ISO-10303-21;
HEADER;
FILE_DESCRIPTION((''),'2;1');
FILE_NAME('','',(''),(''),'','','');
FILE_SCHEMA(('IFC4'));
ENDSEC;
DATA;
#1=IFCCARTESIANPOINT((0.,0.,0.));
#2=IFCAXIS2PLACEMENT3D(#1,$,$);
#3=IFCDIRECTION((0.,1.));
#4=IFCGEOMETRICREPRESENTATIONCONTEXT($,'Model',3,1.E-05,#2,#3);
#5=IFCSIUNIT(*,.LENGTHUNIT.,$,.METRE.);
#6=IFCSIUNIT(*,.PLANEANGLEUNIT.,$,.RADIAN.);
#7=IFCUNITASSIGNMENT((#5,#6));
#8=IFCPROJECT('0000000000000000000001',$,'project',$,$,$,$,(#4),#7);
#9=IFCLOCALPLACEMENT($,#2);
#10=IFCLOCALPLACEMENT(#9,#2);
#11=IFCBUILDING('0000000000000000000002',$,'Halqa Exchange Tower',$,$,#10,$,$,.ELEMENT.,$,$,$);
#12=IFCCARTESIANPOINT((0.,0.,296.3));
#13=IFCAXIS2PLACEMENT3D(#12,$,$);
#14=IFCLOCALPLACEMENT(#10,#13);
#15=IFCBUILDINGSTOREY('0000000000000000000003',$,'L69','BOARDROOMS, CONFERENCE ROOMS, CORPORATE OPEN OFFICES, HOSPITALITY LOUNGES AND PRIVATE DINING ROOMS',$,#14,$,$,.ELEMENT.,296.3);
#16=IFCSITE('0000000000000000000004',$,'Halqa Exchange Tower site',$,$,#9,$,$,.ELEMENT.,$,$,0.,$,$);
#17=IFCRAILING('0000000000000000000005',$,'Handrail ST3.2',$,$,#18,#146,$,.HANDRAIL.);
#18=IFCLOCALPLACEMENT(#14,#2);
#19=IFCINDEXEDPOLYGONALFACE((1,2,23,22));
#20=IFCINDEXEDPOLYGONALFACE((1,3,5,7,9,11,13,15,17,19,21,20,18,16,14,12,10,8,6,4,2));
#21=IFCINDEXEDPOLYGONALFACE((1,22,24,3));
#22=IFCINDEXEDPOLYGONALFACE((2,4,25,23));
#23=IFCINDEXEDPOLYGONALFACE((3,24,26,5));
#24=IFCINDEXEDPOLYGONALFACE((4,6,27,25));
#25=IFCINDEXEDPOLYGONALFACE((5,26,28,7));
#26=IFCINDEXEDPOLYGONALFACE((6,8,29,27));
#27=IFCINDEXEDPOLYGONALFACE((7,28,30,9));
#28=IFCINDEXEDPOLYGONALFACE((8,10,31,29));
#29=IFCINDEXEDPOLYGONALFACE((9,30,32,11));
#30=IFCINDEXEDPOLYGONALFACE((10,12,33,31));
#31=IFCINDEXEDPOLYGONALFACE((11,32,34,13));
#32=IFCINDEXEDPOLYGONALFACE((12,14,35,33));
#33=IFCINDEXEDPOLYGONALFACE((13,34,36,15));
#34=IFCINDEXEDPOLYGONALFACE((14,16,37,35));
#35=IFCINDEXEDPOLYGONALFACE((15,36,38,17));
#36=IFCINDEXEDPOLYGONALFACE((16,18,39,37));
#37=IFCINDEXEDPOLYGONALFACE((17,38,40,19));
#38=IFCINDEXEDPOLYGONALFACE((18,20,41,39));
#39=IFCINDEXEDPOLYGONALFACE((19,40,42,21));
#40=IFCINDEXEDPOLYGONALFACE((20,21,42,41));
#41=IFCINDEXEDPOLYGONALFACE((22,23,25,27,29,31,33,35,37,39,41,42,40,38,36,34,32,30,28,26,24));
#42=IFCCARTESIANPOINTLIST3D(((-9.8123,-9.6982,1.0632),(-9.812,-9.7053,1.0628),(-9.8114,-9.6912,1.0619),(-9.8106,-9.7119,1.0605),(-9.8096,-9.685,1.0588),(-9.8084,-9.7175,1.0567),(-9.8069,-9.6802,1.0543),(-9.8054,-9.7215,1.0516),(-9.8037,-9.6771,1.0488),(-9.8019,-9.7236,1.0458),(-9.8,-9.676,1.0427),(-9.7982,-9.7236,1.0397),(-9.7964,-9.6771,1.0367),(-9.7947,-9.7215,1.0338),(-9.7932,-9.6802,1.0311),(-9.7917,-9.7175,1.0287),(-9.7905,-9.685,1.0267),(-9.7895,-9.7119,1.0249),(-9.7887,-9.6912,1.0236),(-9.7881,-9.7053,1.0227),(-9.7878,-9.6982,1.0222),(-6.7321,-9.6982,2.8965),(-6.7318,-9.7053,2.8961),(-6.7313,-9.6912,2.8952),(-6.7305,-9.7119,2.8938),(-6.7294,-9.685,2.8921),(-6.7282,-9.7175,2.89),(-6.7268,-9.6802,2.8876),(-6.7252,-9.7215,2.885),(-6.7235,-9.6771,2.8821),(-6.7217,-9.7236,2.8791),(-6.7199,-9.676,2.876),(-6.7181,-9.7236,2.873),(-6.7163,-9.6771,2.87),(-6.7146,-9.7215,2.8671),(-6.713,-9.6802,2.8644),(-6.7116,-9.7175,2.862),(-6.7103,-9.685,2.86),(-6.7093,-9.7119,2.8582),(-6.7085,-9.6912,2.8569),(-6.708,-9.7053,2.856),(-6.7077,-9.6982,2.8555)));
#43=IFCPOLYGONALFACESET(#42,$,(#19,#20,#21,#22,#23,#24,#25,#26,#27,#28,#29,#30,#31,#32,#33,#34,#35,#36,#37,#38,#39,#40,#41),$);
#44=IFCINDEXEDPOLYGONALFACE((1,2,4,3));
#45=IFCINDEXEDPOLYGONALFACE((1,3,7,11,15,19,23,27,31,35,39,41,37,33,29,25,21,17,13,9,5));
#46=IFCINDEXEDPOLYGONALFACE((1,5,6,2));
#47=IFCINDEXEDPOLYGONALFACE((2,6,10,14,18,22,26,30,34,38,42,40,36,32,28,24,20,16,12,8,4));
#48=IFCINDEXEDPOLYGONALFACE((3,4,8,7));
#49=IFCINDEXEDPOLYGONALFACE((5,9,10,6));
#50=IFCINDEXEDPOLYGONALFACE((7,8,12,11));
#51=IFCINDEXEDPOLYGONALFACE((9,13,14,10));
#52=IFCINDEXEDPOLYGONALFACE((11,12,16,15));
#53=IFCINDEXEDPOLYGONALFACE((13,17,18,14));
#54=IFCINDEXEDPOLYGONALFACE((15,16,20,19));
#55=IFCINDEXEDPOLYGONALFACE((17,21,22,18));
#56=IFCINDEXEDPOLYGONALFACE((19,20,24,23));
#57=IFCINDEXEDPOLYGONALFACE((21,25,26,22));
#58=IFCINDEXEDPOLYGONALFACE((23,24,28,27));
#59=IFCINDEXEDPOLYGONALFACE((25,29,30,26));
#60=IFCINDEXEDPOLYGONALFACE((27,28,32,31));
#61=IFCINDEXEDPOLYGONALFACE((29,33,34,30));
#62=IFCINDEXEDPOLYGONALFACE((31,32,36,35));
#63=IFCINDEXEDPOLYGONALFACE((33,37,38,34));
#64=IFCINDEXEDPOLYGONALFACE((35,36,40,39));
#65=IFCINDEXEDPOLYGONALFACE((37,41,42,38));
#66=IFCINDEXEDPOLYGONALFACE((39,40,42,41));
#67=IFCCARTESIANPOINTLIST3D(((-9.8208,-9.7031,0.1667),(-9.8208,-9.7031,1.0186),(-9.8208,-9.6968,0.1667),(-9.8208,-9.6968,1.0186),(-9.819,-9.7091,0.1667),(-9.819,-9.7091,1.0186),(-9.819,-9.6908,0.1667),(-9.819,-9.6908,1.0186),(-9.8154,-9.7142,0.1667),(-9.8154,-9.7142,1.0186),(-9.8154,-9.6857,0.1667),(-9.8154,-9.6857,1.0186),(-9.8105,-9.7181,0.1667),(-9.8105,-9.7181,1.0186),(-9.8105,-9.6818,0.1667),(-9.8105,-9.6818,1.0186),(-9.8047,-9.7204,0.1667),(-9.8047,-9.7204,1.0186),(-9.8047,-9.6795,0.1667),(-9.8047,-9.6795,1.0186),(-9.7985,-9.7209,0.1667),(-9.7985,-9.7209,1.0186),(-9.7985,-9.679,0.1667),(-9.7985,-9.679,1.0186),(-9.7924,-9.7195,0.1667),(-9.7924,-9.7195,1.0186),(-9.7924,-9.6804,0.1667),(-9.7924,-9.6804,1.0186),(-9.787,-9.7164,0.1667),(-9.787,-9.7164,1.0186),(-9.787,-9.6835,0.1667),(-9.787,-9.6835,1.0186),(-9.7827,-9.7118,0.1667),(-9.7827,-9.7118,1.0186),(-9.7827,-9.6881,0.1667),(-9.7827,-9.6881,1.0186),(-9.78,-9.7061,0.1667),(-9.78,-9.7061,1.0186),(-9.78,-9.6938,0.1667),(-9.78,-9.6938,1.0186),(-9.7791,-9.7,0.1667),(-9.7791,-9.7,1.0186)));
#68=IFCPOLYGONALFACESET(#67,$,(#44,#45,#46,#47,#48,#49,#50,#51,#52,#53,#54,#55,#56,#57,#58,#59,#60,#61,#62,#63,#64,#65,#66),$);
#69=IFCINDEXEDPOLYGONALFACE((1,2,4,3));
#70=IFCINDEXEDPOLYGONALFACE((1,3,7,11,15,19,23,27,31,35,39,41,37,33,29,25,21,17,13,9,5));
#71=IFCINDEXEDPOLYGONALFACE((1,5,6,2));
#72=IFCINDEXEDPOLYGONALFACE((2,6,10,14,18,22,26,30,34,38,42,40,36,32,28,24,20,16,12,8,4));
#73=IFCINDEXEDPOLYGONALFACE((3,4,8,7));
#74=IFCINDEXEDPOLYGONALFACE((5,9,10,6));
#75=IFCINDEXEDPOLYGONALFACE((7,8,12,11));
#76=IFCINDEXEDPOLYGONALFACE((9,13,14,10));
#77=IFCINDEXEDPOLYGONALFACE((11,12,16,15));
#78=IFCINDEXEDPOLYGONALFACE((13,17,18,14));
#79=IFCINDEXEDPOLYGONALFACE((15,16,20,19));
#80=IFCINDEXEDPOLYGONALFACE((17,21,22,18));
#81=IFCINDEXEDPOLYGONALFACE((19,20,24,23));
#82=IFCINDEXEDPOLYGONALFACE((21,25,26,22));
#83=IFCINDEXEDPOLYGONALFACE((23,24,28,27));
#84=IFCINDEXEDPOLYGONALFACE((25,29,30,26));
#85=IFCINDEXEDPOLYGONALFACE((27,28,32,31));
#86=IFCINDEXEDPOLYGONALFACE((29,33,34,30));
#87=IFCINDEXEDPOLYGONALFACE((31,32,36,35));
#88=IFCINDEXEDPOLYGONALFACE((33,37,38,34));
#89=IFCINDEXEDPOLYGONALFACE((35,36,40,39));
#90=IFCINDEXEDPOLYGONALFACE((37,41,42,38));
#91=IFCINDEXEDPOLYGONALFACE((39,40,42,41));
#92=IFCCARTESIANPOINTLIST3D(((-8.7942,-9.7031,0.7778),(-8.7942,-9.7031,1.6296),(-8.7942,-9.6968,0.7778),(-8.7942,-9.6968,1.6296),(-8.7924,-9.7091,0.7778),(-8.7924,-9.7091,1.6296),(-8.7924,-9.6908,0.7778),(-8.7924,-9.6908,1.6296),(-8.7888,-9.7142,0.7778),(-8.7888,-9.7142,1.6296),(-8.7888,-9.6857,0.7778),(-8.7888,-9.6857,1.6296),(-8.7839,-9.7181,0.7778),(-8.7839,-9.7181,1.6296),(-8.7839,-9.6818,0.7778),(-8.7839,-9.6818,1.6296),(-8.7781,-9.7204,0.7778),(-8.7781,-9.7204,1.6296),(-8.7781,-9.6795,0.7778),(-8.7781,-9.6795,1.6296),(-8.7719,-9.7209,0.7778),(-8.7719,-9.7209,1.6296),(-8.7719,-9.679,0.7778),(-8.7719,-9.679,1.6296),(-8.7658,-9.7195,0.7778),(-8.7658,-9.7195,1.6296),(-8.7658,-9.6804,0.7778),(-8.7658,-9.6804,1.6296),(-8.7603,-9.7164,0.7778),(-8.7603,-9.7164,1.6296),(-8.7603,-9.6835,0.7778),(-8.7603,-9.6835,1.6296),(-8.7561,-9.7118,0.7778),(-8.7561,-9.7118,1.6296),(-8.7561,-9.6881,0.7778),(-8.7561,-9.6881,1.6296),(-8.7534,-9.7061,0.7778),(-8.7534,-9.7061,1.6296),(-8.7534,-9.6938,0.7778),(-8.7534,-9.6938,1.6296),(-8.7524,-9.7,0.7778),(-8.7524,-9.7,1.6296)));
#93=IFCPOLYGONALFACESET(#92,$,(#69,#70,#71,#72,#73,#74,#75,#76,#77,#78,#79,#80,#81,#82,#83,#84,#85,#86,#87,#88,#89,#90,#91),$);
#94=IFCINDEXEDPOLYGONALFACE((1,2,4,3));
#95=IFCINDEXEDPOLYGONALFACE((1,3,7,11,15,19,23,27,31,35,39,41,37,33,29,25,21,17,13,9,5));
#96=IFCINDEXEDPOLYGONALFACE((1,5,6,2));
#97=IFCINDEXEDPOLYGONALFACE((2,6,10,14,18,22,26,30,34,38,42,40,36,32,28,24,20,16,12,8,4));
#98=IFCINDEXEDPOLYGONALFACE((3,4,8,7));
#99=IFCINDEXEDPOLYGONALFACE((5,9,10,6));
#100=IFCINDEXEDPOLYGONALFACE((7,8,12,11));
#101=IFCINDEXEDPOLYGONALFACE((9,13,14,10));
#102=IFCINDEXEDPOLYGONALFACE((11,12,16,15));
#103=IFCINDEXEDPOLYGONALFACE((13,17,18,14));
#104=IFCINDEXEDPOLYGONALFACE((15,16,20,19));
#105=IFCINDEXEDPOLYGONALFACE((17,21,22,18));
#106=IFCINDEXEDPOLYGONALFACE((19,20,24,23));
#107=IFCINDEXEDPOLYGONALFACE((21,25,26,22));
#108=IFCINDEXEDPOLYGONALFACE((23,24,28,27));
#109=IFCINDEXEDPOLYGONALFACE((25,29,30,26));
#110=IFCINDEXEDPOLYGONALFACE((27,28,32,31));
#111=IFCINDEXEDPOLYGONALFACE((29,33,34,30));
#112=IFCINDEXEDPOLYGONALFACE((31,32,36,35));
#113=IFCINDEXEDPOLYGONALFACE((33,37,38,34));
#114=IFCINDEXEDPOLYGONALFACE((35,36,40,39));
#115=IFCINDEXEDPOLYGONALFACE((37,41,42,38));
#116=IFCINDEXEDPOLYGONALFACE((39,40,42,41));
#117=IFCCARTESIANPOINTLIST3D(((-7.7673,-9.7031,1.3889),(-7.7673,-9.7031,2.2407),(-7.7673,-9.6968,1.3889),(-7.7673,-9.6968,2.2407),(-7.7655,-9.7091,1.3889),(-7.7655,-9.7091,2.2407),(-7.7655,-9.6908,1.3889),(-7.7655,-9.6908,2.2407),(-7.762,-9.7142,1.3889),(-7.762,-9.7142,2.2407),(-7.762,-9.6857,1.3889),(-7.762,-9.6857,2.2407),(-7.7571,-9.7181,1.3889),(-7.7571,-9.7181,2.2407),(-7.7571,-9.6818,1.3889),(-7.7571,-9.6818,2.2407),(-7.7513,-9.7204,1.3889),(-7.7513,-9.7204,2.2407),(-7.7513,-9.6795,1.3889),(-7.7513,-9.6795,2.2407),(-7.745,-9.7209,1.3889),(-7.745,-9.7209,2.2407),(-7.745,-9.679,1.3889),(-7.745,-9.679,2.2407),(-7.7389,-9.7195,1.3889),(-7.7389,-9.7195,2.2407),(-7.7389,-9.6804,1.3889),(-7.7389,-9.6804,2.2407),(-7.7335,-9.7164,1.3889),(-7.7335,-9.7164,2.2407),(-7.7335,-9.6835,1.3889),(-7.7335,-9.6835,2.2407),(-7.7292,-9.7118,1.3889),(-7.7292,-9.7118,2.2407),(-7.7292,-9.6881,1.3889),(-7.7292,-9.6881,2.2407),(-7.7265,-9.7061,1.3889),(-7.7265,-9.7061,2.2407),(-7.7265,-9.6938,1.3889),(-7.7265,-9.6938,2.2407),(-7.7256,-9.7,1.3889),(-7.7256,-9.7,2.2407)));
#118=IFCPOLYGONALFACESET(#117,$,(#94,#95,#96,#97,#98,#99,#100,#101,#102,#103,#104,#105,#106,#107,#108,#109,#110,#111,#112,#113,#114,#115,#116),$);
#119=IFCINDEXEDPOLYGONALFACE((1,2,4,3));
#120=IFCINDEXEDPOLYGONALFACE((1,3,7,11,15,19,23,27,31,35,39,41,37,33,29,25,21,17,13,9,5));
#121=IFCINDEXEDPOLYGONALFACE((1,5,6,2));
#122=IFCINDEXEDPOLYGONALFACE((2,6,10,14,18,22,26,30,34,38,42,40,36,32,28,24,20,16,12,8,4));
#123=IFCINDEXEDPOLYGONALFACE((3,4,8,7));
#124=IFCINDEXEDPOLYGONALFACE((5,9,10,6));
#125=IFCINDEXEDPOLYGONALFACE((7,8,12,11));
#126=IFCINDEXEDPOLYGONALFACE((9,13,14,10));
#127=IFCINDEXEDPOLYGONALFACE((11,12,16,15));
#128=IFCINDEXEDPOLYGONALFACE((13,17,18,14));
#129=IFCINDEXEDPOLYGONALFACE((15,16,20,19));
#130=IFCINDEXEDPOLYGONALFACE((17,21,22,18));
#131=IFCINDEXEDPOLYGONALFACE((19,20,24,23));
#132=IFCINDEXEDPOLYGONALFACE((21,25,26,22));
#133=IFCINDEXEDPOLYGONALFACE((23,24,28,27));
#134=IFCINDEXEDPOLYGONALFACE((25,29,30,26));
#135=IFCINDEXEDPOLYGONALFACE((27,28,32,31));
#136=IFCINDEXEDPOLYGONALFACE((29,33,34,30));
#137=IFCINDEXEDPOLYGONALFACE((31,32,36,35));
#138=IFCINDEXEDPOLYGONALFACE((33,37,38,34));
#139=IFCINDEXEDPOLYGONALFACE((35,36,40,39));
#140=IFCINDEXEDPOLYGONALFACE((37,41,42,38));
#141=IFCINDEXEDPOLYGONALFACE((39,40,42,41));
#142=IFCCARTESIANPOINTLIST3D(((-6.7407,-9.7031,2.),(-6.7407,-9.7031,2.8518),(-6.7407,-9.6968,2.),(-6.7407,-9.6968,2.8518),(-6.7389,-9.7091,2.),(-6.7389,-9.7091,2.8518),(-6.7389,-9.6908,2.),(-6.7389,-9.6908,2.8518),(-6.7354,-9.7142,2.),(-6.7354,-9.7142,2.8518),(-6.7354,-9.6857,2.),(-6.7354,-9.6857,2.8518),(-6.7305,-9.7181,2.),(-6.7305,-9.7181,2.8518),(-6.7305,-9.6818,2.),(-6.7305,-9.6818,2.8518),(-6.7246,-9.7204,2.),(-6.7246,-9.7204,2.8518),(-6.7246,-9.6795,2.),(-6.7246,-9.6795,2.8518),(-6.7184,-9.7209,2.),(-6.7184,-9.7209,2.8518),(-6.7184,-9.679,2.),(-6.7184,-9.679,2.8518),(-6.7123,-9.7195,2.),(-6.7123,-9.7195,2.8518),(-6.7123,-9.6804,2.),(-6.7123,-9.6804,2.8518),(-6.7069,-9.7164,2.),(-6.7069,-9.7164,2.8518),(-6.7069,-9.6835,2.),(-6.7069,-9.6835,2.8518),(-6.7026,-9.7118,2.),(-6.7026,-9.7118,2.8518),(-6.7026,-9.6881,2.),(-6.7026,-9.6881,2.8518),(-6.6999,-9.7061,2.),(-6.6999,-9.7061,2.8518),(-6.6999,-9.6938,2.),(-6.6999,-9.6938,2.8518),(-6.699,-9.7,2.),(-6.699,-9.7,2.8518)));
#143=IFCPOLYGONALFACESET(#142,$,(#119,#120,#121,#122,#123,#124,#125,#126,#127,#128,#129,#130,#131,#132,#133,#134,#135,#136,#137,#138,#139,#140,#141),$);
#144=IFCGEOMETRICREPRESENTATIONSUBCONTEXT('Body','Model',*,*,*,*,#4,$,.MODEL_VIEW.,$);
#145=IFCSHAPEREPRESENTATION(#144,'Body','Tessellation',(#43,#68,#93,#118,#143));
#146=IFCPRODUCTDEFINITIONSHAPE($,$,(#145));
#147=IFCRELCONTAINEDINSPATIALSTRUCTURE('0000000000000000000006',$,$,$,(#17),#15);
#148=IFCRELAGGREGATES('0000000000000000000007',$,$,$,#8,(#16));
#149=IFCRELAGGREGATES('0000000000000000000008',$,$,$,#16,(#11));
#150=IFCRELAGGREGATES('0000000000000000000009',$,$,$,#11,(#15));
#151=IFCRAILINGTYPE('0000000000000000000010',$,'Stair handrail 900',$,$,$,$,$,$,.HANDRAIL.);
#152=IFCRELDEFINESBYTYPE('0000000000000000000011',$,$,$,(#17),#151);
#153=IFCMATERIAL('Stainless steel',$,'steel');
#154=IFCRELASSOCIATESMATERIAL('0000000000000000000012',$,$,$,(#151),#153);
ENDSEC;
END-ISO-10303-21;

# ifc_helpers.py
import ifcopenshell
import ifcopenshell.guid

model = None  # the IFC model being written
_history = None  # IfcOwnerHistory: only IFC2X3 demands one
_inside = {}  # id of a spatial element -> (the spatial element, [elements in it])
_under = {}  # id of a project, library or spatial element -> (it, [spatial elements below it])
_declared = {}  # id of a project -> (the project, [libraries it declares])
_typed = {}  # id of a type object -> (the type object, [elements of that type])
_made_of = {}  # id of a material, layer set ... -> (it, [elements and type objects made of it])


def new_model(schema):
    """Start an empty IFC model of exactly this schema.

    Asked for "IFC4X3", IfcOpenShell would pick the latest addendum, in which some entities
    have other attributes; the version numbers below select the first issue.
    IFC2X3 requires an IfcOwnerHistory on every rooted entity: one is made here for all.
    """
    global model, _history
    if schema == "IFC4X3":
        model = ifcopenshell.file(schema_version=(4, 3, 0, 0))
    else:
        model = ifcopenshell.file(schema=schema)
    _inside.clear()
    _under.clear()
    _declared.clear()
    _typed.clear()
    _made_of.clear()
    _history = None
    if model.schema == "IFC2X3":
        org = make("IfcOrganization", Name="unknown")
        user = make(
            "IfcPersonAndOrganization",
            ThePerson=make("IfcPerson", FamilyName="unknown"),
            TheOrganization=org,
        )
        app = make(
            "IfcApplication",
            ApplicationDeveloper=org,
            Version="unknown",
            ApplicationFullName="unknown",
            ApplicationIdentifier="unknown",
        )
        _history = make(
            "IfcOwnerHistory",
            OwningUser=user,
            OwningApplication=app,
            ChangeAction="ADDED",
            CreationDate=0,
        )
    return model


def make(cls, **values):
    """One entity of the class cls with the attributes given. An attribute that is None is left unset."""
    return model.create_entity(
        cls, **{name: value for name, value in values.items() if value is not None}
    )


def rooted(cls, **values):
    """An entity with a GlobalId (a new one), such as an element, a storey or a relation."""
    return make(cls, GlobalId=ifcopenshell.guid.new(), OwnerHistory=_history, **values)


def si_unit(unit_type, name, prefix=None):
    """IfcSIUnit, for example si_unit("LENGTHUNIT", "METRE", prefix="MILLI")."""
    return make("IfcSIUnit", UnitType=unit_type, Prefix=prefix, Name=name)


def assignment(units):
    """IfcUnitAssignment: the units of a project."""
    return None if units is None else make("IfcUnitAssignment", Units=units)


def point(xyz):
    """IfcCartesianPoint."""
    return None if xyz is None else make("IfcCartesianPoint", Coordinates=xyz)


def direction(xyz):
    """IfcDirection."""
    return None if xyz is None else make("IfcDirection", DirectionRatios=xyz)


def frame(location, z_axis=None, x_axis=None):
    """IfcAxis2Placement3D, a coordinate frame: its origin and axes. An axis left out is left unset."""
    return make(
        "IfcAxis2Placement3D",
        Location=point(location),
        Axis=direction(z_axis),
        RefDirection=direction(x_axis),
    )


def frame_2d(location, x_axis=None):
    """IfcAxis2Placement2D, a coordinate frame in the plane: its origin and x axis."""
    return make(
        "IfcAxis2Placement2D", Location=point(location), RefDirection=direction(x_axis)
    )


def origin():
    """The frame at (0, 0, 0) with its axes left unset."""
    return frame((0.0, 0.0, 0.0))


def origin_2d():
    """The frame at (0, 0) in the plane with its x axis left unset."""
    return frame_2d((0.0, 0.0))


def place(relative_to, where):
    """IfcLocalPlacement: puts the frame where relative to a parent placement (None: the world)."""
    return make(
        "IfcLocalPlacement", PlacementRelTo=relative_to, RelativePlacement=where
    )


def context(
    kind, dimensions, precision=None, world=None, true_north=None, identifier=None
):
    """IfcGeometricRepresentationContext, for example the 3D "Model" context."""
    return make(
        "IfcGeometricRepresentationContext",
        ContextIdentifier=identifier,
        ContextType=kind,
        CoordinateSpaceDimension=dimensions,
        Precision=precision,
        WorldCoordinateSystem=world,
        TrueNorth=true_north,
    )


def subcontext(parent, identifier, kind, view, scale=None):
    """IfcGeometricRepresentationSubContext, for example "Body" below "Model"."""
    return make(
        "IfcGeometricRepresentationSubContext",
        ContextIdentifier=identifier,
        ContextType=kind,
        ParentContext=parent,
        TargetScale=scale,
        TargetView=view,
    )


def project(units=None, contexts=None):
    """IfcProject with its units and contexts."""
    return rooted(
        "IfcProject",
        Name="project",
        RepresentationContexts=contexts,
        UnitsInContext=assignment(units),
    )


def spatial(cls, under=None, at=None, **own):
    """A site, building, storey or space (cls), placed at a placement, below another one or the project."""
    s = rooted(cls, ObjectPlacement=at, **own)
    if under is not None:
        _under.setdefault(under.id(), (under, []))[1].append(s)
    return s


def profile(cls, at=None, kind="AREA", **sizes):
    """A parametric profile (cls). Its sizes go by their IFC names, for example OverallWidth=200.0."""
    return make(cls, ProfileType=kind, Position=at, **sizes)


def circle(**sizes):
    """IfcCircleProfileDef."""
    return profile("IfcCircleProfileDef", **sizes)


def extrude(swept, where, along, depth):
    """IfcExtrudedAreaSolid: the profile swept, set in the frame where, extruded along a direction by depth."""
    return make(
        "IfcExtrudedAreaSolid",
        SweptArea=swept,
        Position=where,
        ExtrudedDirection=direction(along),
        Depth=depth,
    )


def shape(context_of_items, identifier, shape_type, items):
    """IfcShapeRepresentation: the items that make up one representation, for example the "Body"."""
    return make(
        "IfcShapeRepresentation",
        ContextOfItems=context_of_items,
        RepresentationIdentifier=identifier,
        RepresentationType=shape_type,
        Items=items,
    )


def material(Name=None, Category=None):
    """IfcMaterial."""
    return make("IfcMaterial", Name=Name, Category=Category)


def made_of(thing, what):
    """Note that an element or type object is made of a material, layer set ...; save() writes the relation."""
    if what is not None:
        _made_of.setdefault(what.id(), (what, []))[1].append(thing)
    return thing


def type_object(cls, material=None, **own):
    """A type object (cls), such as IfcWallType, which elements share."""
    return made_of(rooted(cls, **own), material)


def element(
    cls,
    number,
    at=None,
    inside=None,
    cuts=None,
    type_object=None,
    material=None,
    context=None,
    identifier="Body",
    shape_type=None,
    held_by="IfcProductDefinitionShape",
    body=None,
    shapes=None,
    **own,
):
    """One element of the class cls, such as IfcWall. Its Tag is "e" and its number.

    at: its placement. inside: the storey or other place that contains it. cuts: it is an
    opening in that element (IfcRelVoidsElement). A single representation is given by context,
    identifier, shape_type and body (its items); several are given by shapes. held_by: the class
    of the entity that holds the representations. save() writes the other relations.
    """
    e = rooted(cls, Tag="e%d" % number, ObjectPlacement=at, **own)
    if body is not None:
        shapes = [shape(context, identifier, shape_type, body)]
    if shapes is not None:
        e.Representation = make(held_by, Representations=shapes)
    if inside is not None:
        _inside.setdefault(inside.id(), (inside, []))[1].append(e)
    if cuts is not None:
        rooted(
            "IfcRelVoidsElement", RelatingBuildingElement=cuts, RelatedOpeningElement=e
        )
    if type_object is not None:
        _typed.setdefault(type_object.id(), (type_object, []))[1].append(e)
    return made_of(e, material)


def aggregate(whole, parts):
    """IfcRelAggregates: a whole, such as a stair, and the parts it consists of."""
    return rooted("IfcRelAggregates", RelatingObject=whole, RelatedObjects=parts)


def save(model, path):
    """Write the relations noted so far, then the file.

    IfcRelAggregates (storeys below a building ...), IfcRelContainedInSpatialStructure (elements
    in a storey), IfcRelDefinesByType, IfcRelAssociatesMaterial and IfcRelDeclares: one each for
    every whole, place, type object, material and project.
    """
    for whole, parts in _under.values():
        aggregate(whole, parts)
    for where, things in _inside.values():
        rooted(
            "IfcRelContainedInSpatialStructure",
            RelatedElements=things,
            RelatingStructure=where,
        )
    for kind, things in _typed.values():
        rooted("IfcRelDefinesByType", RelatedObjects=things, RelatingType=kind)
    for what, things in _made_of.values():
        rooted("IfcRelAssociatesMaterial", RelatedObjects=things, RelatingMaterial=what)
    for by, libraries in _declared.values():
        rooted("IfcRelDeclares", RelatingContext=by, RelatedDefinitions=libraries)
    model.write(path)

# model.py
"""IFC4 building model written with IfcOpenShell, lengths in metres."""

from ifc_helpers import new_model, si_unit, direction, frame, origin, origin_2d, place, context, subcontext, project, spatial, circle, extrude, material, type_object, element, save


model = new_model("IFC4")

# Units and contexts
model_context = context("Model", 3, precision=1e-05, world=origin(), true_north=direction((0.0, 1.0)))
body_context = subcontext(model_context, "Body", "Model", "MODEL_VIEW")
ifc_project = project(units=[si_unit("LENGTHUNIT", "METRE"), si_unit("PLANEANGLEUNIT", "RADIAN")], contexts=[model_context])

# Site, building, storey
site_placement = place(None, origin())
site = spatial("IfcSite", under=ifc_project, at=site_placement, Name="Halqa Exchange Tower site", CompositionType="ELEMENT", RefElevation=0.0)
building_placement = place(site_placement, origin())
building = spatial("IfcBuilding", under=site, at=building_placement, Name="Halqa Exchange Tower", CompositionType="ELEMENT")
storey_placement = place(building_placement, frame((0.0, 0.0, 296.3)))
storey = spatial("IfcBuildingStorey", under=building, at=storey_placement, Name="L69", Description="BOARDROOMS, CONFERENCE ROOMS, CORPORATE OPEN OFFICES, HOSPITALITY LOUNGES AND PRIVATE DINING ROOMS", CompositionType="ELEMENT", Elevation=296.3)

# Shared definitions
ifc_material_1 = material(Name="Stainless steel", Category="steel")

# Railing
railing_type_1 = type_object("IfcRailingType", Name="Stair handrail 900", PredefinedType="HANDRAIL", material=ifc_material_1)
railing_1_placement = place(storey_placement, frame((-9.8, -9.7, 0.1667)))
element("IfcRailing", 1, at=railing_1_placement, inside=storey, type_object=railing_type_1, Name="Handrail ST3.2", PredefinedType="HANDRAIL", context=body_context, shape_type="SweptSolid", body=[
    extrude(circle(Radius=0.0239, at=origin_2d()), frame((0.0, 0.0, 0.876), z_axis=(0.859309, 0.0, 0.511458), x_axis=(0.0, 1.0, 0.0)), (0.0, 0.0, 1.0), 3.5845),
    extrude(circle(Radius=0.021, at=origin_2d()), origin(), (0.0, 0.0, 1.0), 0.8518),
    extrude(circle(Radius=0.021, at=origin_2d()), frame((1.0266, 0.0, 0.6111)), (0.0, 0.0, 1.0), 0.8518),
    extrude(circle(Radius=0.021, at=origin_2d()), frame((2.0535, 0.0, 1.2222)), (0.0, 0.0, 1.0), 0.8518),
    extrude(circle(Radius=0.021, at=origin_2d()), frame((3.0801, 0.0, 1.8333)), (0.0, 0.0, 1.0), 0.8518),
])

save(model, "model.ifc")
